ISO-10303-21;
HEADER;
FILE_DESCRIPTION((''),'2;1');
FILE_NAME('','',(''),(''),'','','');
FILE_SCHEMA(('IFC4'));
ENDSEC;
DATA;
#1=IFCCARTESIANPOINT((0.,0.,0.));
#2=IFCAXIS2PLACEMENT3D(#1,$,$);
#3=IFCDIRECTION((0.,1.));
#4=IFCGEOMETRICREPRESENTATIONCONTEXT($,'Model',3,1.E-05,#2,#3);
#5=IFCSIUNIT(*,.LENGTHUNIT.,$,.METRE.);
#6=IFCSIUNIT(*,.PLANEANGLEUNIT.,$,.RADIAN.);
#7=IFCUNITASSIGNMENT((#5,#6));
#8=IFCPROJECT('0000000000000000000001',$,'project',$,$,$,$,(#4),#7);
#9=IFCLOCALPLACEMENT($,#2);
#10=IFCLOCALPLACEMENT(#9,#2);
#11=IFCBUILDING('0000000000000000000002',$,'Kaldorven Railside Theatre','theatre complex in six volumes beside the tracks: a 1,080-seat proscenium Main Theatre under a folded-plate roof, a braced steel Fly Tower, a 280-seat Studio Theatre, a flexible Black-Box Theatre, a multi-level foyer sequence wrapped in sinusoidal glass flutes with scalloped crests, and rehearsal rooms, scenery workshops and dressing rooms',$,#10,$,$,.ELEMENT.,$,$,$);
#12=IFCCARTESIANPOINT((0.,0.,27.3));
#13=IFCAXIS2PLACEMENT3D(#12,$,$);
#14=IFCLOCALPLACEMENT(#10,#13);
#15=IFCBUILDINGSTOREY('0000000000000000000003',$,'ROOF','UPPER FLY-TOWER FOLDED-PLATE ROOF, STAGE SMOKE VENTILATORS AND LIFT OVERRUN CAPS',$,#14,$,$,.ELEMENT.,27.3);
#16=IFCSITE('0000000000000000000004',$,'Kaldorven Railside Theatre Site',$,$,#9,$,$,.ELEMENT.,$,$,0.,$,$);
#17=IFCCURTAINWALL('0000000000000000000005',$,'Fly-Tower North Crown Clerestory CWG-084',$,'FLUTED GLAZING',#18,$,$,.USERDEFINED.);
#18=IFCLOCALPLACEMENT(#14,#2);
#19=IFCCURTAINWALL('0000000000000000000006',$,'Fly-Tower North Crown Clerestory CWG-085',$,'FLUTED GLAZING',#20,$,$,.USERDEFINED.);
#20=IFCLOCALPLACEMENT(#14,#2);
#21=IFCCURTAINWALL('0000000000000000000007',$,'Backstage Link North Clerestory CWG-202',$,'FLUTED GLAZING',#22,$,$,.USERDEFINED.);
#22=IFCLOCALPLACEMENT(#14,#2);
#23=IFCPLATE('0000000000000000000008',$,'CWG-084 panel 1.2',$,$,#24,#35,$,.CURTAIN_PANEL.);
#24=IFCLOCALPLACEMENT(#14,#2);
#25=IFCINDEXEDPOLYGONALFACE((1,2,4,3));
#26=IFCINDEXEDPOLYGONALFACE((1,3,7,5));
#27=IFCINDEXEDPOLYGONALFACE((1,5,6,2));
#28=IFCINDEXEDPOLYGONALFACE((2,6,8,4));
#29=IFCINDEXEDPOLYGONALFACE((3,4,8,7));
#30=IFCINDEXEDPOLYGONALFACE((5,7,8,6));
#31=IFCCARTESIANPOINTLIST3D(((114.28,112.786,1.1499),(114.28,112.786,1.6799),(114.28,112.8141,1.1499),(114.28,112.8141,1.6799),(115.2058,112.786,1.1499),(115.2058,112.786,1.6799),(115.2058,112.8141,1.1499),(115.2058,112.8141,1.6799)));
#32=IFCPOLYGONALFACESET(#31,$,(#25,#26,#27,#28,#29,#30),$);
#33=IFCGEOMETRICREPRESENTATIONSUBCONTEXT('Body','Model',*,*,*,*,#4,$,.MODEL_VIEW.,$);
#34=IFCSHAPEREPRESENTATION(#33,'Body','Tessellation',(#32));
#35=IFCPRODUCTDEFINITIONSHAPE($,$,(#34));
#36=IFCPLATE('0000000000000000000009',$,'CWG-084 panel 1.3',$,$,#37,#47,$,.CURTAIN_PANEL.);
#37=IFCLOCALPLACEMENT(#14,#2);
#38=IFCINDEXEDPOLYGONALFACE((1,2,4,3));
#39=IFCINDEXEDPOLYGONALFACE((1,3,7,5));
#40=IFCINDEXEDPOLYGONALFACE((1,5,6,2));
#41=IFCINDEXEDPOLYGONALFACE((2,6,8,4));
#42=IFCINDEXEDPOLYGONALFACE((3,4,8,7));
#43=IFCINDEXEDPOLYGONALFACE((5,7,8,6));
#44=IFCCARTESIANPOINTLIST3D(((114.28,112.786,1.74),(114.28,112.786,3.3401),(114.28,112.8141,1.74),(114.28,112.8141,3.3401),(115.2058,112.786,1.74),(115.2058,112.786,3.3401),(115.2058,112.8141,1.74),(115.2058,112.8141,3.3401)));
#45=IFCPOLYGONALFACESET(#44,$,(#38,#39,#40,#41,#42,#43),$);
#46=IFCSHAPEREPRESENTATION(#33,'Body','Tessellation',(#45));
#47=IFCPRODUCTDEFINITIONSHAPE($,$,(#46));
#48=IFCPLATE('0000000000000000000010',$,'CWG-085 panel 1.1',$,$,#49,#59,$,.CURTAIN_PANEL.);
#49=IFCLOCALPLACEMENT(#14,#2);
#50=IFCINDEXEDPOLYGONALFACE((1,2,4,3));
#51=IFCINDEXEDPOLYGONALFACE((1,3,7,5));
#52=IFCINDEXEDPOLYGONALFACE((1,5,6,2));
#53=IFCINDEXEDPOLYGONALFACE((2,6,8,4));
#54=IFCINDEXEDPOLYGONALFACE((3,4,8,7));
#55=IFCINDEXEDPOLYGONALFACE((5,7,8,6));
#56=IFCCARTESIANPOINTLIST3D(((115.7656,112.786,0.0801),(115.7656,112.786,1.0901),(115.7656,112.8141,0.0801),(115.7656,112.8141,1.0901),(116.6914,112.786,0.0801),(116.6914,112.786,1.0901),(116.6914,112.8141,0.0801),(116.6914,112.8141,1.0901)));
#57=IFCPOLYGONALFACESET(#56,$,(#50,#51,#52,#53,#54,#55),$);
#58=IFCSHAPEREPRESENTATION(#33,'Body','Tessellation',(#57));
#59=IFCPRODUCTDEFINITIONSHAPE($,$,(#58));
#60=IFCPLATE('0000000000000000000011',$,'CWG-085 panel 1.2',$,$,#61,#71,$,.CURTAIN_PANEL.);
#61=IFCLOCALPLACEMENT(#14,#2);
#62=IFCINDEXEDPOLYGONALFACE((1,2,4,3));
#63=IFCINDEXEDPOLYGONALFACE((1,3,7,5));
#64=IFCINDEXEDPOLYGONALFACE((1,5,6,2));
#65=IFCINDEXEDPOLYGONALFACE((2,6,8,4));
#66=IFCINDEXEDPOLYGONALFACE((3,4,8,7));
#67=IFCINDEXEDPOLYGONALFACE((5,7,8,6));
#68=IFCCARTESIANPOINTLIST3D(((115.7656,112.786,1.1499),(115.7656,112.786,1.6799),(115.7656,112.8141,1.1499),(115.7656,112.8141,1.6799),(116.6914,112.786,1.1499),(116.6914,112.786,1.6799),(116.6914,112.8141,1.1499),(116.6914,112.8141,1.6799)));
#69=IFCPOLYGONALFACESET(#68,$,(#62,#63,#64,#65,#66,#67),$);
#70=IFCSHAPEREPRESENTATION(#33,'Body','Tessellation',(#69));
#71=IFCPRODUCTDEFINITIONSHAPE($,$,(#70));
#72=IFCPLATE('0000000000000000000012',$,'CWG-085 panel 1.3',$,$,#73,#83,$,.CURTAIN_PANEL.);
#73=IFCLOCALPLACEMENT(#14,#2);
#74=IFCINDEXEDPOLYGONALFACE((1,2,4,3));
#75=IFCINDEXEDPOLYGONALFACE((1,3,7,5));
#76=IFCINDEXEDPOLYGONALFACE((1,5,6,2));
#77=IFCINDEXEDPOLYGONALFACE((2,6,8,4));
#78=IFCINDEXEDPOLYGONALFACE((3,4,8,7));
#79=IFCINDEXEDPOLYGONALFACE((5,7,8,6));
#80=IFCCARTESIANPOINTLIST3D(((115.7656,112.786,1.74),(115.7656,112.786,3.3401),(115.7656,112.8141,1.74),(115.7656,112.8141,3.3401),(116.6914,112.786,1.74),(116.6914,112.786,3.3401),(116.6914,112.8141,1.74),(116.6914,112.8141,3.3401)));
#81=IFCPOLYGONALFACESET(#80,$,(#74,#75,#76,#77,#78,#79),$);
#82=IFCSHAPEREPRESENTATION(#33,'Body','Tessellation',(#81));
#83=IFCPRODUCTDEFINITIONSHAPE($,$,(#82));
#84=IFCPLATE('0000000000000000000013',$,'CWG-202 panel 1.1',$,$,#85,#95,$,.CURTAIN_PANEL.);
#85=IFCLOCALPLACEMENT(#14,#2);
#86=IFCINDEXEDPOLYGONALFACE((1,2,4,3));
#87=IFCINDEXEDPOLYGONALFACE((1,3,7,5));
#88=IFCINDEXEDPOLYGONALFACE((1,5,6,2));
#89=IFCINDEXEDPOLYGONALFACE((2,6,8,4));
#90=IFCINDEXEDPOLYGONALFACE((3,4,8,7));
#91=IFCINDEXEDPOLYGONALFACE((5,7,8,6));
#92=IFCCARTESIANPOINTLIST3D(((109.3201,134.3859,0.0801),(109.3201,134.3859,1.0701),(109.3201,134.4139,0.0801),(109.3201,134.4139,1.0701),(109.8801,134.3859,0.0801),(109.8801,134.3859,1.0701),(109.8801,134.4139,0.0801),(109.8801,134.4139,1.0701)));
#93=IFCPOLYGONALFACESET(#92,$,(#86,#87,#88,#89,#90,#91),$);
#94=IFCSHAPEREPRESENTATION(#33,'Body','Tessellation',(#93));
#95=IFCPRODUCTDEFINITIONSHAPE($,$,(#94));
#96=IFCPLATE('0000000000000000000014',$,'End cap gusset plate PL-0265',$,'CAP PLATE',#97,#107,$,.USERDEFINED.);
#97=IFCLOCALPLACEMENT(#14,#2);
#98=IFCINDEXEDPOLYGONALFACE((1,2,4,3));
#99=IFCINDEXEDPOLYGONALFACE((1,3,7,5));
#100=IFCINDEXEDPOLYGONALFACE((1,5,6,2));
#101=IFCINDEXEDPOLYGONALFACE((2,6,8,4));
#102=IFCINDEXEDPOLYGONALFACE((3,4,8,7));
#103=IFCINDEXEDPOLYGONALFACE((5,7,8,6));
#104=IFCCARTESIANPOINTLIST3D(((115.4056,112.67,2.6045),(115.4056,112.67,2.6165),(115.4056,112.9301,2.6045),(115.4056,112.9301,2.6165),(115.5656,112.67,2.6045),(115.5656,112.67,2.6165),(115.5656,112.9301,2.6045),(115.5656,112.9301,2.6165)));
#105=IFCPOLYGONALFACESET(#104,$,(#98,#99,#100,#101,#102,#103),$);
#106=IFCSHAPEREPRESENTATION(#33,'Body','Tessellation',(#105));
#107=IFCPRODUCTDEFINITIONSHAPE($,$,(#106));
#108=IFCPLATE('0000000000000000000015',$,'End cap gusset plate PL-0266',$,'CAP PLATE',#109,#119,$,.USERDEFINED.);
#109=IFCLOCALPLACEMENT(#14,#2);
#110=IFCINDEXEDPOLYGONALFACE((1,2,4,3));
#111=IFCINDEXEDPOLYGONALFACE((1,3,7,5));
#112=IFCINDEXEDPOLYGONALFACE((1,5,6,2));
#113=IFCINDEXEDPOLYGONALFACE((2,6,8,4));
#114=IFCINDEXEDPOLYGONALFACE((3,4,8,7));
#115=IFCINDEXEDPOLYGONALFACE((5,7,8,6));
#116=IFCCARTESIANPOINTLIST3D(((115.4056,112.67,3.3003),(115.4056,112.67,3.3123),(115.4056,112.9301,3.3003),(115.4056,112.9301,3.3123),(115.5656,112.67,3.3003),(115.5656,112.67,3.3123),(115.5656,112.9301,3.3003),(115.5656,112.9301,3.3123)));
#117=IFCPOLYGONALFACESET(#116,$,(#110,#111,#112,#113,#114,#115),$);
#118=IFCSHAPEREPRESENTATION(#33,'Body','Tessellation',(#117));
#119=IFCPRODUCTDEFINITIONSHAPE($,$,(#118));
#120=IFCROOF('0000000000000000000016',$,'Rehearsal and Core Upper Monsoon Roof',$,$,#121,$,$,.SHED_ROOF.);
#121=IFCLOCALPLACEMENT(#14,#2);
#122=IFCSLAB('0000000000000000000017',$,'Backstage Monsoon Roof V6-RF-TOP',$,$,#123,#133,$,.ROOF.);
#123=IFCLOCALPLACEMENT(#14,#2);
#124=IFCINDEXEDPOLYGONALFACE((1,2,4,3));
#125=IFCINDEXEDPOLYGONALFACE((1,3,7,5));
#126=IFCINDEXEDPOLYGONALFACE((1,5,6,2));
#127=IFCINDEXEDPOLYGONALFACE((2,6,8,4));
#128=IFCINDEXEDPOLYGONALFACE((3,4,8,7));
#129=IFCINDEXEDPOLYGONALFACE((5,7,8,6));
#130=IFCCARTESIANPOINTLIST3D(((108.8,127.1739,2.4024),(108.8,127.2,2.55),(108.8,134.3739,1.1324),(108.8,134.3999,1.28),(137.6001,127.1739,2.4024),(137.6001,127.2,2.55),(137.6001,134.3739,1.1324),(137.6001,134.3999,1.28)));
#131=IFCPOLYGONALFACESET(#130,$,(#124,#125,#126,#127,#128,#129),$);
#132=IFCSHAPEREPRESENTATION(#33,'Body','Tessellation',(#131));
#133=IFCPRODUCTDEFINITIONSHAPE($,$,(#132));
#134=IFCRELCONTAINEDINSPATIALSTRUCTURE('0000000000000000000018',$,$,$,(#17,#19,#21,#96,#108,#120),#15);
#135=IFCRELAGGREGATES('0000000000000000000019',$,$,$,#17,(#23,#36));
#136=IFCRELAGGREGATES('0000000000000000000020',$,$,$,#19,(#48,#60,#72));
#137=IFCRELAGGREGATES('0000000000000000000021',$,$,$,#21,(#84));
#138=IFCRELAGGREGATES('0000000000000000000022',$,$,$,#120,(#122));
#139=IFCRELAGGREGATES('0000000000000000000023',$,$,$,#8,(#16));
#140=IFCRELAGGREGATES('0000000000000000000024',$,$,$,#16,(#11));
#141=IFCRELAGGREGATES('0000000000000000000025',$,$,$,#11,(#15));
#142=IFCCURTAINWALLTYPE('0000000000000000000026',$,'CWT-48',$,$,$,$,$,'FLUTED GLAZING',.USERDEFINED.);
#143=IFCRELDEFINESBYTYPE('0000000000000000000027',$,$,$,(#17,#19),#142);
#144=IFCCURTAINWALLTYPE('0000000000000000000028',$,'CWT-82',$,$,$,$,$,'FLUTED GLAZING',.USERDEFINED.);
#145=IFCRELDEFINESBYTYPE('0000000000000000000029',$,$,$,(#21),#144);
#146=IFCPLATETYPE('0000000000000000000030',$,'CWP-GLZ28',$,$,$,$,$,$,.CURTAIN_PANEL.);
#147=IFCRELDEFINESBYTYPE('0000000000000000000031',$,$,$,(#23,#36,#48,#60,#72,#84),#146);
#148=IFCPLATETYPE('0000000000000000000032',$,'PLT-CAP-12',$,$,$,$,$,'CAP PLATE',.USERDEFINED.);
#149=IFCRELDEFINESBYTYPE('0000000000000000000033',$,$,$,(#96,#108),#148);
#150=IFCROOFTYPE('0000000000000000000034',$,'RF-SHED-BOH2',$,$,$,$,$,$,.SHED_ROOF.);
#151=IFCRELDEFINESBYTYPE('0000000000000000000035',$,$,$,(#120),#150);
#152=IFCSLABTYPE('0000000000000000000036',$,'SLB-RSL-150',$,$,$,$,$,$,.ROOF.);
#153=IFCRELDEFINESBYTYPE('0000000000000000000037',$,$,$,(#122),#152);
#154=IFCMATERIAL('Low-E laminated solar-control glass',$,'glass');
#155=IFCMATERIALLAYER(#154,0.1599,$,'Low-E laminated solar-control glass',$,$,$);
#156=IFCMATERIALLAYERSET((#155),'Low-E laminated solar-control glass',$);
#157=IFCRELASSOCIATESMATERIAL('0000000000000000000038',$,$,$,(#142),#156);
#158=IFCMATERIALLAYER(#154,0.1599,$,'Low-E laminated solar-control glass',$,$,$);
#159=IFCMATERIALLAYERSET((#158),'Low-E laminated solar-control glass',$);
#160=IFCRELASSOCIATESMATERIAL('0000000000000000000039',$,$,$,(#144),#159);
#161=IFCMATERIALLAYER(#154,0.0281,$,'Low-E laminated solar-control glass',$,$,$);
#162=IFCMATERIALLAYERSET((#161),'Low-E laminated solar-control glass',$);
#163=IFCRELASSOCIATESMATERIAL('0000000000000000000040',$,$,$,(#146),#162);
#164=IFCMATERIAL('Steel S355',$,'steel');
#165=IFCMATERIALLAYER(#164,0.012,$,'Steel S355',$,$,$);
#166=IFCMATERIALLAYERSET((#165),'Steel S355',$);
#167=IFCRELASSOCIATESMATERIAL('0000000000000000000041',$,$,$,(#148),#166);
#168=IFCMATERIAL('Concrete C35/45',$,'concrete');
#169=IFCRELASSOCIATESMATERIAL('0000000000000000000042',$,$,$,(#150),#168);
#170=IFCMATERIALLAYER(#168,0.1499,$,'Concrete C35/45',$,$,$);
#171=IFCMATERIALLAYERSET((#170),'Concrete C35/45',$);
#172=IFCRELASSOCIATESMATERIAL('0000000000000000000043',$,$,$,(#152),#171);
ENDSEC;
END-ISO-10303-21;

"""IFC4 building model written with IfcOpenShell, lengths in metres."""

from ifc_helpers import new_model, si_unit, direction, frame, origin, origin_2d, place, context, subcontext, project, spatial, polyline, rectangle, outline, extrude, material, layer, layer_set, type_object, element, aggregate, save


model = new_model("IFC4")

# Units and contexts
model_context = context("Model", 3, precision=1e-05, world=origin(), true_north=direction((0.0, 1.0)))
body_context = subcontext(model_context, "Body", "Model", "MODEL_VIEW")
ifc_project = project(units=[si_unit("LENGTHUNIT", "METRE"), si_unit("PLANEANGLEUNIT", "RADIAN")], contexts=[model_context])

# Site, building, storey
site_placement = place(None, origin())
site = spatial("IfcSite", under=ifc_project, at=site_placement, Name="Kaldorven Railside Theatre Site", CompositionType="ELEMENT", RefElevation=0.0)
building_placement = place(site_placement, origin())
building = spatial("IfcBuilding", under=site, at=building_placement, Name="Kaldorven Railside Theatre", Description="theatre complex in six volumes beside the tracks: a 1,080-seat proscenium Main Theatre under a folded-plate roof, a braced steel Fly Tower, a 280-seat Studio Theatre, a flexible Black-Box Theatre, a multi-level foyer sequence wrapped in sinusoidal glass flutes with scalloped crests, and rehearsal rooms, scenery workshops and dressing rooms", CompositionType="ELEMENT")
storey_placement = place(building_placement, frame((0.0, 0.0, 27.3)))
storey = spatial("IfcBuildingStorey", under=building, at=storey_placement, Name="ROOF", Description="UPPER FLY-TOWER FOLDED-PLATE ROOF, STAGE SMOKE VENTILATORS AND LIFT OVERRUN CAPS", CompositionType="ELEMENT", Elevation=27.3)

# Shared definitions
ifc_material_1 = material(Name="Steel S355", Category="steel")

# Shared definitions
ifc_material_2 = material(Name="Low-E laminated solar-control glass", Category="glass")

# Curtain wall
ifc_layer_1 = layer(ifc_material_2, 0.1599, Name="Low-E laminated solar-control glass")
ifc_layer_set_1 = layer_set([ifc_layer_1], Name="Low-E laminated solar-control glass")
curtain_wall_type_1 = type_object("IfcCurtainWallType", Name="CWT-48", ElementType="FLUTED GLAZING", PredefinedType="USERDEFINED", material=ifc_layer_set_1)
curtain_wall_1_placement = place(storey_placement, origin())
curtain_wall_1 = element("IfcCurtainWall", 1, at=curtain_wall_1_placement, inside=storey, type_object=curtain_wall_type_1, Name="Fly-Tower North Crown Clerestory CWG-084", ObjectType="FLUTED GLAZING", PredefinedType="USERDEFINED")

# Curtain wall
curtain_wall_2_placement = place(storey_placement, origin())
curtain_wall_2 = element("IfcCurtainWall", 2, at=curtain_wall_2_placement, inside=storey, type_object=curtain_wall_type_1, Name="Fly-Tower North Crown Clerestory CWG-085", ObjectType="FLUTED GLAZING", PredefinedType="USERDEFINED")

# Curtain wall
ifc_layer_2 = layer(ifc_material_2, 0.1599, Name="Low-E laminated solar-control glass")
ifc_layer_set_2 = layer_set([ifc_layer_2], Name="Low-E laminated solar-control glass")
curtain_wall_type_2 = type_object("IfcCurtainWallType", Name="CWT-82", ElementType="FLUTED GLAZING", PredefinedType="USERDEFINED", material=ifc_layer_set_2)
curtain_wall_3_placement = place(storey_placement, origin())
curtain_wall_3 = element("IfcCurtainWall", 3, at=curtain_wall_3_placement, inside=storey, type_object=curtain_wall_type_2, Name="Backstage Link North Clerestory CWG-202", ObjectType="FLUTED GLAZING", PredefinedType="USERDEFINED")

# Plates
ifc_layer_3 = layer(ifc_material_2, 0.0281, Name="Low-E laminated solar-control glass")
ifc_layer_set_3 = layer_set([ifc_layer_3], Name="Low-E laminated solar-control glass")
plate_type_1 = type_object("IfcPlateType", Name="CWP-GLZ28", PredefinedType="CURTAIN_PANEL", material=ifc_layer_set_3)
plate_1_placement = place(storey_placement, frame((114.7429, 112.8, 1.1499), z_axis=(0.0, 0.0, 1.0), x_axis=(1.0, 0.0, 0.0)))
plate_1 = element("IfcPlate", 4, at=plate_1_placement, type_object=plate_type_1, Name="CWG-084 panel 1.2", PredefinedType="CURTAIN_PANEL", context=body_context, shape_type="SweptSolid", body=[
    extrude(rectangle(XDim=0.9258, YDim=0.0281, at=origin_2d()), origin(), (0.0, 0.0, 1.0), 0.53),
])
plate_2_placement = place(storey_placement, frame((114.7429, 112.8, 1.74), z_axis=(0.0, 0.0, 1.0), x_axis=(1.0, 0.0, 0.0)))
plate_2 = element("IfcPlate", 5, at=plate_2_placement, type_object=plate_type_1, Name="CWG-084 panel 1.3", PredefinedType="CURTAIN_PANEL", context=body_context, shape_type="SweptSolid", body=[
    extrude(rectangle(XDim=0.9258, YDim=0.0281, at=origin_2d()), origin(), (0.0, 0.0, 1.0), 1.6001),
])
aggregate(curtain_wall_1, [plate_1, plate_2])
plate_3_placement = place(storey_placement, frame((116.2285, 112.8, 0.0801), z_axis=(0.0, 0.0, 1.0), x_axis=(1.0, 0.0, 0.0)))
plate_3 = element("IfcPlate", 6, at=plate_3_placement, type_object=plate_type_1, Name="CWG-085 panel 1.1", PredefinedType="CURTAIN_PANEL", context=body_context, shape_type="SweptSolid", body=[
    extrude(rectangle(XDim=0.9258, YDim=0.0281, at=origin_2d()), origin(), (0.0, 0.0, 1.0), 1.01),
])
plate_4_placement = place(storey_placement, frame((116.2285, 112.8, 1.1499), z_axis=(0.0, 0.0, 1.0), x_axis=(1.0, 0.0, 0.0)))
plate_4 = element("IfcPlate", 7, at=plate_4_placement, type_object=plate_type_1, Name="CWG-085 panel 1.2", PredefinedType="CURTAIN_PANEL", context=body_context, shape_type="SweptSolid", body=[
    extrude(rectangle(XDim=0.9258, YDim=0.0281, at=origin_2d()), origin(), (0.0, 0.0, 1.0), 0.53),
])
plate_5_placement = place(storey_placement, frame((116.2285, 112.8, 1.74), z_axis=(0.0, 0.0, 1.0), x_axis=(1.0, 0.0, 0.0)))
plate_5 = element("IfcPlate", 8, at=plate_5_placement, type_object=plate_type_1, Name="CWG-085 panel 1.3", PredefinedType="CURTAIN_PANEL", context=body_context, shape_type="SweptSolid", body=[
    extrude(rectangle(XDim=0.9258, YDim=0.0281, at=origin_2d()), origin(), (0.0, 0.0, 1.0), 1.6001),
])
aggregate(curtain_wall_2, [plate_3, plate_4, plate_5])
plate_6_placement = place(storey_placement, frame((109.6001, 134.3999, 0.0801), z_axis=(0.0, 0.0, 1.0), x_axis=(1.0, 0.0, 0.0)))
plate_6 = element("IfcPlate", 9, at=plate_6_placement, type_object=plate_type_1, Name="CWG-202 panel 1.1", PredefinedType="CURTAIN_PANEL", context=body_context, shape_type="SweptSolid", body=[
    extrude(rectangle(XDim=0.5601, YDim=0.0281, at=origin_2d()), origin(), (0.0, 0.0, 1.0), 0.99),
])
aggregate(curtain_wall_3, [plate_6])

# Plates
ifc_layer_4 = layer(ifc_material_1, 0.012, Name="Steel S355")
ifc_layer_set_4 = layer_set([ifc_layer_4], Name="Steel S355")
plate_type_2 = type_object("IfcPlateType", Name="PLT-CAP-12", ElementType="CAP PLATE", PredefinedType="USERDEFINED", material=ifc_layer_set_4)
for number, where, z_axis, x_axis, name in (
    (10, (115.4856, 112.8, 2.6045), (0.0, 0.0, 1.0), (1.0, 0.0, 0.0), "End cap gusset plate PL-0265"),
    (11, (115.4856, 112.8, 3.3003), (0.0, 0.0, 1.0), (1.0, 0.0, 0.0), "End cap gusset plate PL-0266"),
):
    element("IfcPlate", number, at=place(storey_placement, frame(where, z_axis=z_axis, x_axis=x_axis)), inside=storey, type_object=plate_type_2, Name=name, ObjectType="CAP PLATE", PredefinedType="USERDEFINED", context=body_context, shape_type="SweptSolid", body=[
        extrude(rectangle(XDim=0.1599, YDim=0.26, at=origin_2d()), origin(), (0.0, 0.0, 1.0), 0.012),
    ])

# Roof, slab
ifc_material_3 = material(Name="Concrete C35/45", Category="concrete")
roof_type = type_object("IfcRoofType", Name="RF-SHED-BOH2", PredefinedType="SHED_ROOF", material=ifc_material_3)
roof_placement = place(storey_placement, origin())
roof = element("IfcRoof", 12, at=roof_placement, inside=storey, type_object=roof_type, Name="Rehearsal and Core Upper Monsoon Roof", PredefinedType="SHED_ROOF")
ifc_layer_5 = layer(ifc_material_3, 0.1499, Name="Concrete C35/45")
ifc_layer_set_5 = layer_set([ifc_layer_5], Name="Concrete C35/45")
slab_type = type_object("IfcSlabType", Name="SLB-RSL-150", PredefinedType="ROOF", material=ifc_layer_set_5)
slab_placement = place(storey_placement, frame((108.8, 127.2, 2.55), z_axis=(0.0, 0.173711, 0.984797), x_axis=(1.0, 0.0, 0.0)))
slab = element("IfcSlab", 13, at=slab_placement, type_object=slab_type, Name="Backstage Monsoon Roof V6-RF-TOP", PredefinedType="ROOF", context=body_context, shape_type="SweptSolid", body=[
    extrude(outline(polyline([(0.0, 0.0), (28.8, 0.0), (28.8, 7.3111), (0.0, 7.3111), (0.0, 0.0)])), origin(), (0.0, 0.0, -1.0), 0.1499),
])
aggregate(roof, [slab])

save(model, "model.ifc")
